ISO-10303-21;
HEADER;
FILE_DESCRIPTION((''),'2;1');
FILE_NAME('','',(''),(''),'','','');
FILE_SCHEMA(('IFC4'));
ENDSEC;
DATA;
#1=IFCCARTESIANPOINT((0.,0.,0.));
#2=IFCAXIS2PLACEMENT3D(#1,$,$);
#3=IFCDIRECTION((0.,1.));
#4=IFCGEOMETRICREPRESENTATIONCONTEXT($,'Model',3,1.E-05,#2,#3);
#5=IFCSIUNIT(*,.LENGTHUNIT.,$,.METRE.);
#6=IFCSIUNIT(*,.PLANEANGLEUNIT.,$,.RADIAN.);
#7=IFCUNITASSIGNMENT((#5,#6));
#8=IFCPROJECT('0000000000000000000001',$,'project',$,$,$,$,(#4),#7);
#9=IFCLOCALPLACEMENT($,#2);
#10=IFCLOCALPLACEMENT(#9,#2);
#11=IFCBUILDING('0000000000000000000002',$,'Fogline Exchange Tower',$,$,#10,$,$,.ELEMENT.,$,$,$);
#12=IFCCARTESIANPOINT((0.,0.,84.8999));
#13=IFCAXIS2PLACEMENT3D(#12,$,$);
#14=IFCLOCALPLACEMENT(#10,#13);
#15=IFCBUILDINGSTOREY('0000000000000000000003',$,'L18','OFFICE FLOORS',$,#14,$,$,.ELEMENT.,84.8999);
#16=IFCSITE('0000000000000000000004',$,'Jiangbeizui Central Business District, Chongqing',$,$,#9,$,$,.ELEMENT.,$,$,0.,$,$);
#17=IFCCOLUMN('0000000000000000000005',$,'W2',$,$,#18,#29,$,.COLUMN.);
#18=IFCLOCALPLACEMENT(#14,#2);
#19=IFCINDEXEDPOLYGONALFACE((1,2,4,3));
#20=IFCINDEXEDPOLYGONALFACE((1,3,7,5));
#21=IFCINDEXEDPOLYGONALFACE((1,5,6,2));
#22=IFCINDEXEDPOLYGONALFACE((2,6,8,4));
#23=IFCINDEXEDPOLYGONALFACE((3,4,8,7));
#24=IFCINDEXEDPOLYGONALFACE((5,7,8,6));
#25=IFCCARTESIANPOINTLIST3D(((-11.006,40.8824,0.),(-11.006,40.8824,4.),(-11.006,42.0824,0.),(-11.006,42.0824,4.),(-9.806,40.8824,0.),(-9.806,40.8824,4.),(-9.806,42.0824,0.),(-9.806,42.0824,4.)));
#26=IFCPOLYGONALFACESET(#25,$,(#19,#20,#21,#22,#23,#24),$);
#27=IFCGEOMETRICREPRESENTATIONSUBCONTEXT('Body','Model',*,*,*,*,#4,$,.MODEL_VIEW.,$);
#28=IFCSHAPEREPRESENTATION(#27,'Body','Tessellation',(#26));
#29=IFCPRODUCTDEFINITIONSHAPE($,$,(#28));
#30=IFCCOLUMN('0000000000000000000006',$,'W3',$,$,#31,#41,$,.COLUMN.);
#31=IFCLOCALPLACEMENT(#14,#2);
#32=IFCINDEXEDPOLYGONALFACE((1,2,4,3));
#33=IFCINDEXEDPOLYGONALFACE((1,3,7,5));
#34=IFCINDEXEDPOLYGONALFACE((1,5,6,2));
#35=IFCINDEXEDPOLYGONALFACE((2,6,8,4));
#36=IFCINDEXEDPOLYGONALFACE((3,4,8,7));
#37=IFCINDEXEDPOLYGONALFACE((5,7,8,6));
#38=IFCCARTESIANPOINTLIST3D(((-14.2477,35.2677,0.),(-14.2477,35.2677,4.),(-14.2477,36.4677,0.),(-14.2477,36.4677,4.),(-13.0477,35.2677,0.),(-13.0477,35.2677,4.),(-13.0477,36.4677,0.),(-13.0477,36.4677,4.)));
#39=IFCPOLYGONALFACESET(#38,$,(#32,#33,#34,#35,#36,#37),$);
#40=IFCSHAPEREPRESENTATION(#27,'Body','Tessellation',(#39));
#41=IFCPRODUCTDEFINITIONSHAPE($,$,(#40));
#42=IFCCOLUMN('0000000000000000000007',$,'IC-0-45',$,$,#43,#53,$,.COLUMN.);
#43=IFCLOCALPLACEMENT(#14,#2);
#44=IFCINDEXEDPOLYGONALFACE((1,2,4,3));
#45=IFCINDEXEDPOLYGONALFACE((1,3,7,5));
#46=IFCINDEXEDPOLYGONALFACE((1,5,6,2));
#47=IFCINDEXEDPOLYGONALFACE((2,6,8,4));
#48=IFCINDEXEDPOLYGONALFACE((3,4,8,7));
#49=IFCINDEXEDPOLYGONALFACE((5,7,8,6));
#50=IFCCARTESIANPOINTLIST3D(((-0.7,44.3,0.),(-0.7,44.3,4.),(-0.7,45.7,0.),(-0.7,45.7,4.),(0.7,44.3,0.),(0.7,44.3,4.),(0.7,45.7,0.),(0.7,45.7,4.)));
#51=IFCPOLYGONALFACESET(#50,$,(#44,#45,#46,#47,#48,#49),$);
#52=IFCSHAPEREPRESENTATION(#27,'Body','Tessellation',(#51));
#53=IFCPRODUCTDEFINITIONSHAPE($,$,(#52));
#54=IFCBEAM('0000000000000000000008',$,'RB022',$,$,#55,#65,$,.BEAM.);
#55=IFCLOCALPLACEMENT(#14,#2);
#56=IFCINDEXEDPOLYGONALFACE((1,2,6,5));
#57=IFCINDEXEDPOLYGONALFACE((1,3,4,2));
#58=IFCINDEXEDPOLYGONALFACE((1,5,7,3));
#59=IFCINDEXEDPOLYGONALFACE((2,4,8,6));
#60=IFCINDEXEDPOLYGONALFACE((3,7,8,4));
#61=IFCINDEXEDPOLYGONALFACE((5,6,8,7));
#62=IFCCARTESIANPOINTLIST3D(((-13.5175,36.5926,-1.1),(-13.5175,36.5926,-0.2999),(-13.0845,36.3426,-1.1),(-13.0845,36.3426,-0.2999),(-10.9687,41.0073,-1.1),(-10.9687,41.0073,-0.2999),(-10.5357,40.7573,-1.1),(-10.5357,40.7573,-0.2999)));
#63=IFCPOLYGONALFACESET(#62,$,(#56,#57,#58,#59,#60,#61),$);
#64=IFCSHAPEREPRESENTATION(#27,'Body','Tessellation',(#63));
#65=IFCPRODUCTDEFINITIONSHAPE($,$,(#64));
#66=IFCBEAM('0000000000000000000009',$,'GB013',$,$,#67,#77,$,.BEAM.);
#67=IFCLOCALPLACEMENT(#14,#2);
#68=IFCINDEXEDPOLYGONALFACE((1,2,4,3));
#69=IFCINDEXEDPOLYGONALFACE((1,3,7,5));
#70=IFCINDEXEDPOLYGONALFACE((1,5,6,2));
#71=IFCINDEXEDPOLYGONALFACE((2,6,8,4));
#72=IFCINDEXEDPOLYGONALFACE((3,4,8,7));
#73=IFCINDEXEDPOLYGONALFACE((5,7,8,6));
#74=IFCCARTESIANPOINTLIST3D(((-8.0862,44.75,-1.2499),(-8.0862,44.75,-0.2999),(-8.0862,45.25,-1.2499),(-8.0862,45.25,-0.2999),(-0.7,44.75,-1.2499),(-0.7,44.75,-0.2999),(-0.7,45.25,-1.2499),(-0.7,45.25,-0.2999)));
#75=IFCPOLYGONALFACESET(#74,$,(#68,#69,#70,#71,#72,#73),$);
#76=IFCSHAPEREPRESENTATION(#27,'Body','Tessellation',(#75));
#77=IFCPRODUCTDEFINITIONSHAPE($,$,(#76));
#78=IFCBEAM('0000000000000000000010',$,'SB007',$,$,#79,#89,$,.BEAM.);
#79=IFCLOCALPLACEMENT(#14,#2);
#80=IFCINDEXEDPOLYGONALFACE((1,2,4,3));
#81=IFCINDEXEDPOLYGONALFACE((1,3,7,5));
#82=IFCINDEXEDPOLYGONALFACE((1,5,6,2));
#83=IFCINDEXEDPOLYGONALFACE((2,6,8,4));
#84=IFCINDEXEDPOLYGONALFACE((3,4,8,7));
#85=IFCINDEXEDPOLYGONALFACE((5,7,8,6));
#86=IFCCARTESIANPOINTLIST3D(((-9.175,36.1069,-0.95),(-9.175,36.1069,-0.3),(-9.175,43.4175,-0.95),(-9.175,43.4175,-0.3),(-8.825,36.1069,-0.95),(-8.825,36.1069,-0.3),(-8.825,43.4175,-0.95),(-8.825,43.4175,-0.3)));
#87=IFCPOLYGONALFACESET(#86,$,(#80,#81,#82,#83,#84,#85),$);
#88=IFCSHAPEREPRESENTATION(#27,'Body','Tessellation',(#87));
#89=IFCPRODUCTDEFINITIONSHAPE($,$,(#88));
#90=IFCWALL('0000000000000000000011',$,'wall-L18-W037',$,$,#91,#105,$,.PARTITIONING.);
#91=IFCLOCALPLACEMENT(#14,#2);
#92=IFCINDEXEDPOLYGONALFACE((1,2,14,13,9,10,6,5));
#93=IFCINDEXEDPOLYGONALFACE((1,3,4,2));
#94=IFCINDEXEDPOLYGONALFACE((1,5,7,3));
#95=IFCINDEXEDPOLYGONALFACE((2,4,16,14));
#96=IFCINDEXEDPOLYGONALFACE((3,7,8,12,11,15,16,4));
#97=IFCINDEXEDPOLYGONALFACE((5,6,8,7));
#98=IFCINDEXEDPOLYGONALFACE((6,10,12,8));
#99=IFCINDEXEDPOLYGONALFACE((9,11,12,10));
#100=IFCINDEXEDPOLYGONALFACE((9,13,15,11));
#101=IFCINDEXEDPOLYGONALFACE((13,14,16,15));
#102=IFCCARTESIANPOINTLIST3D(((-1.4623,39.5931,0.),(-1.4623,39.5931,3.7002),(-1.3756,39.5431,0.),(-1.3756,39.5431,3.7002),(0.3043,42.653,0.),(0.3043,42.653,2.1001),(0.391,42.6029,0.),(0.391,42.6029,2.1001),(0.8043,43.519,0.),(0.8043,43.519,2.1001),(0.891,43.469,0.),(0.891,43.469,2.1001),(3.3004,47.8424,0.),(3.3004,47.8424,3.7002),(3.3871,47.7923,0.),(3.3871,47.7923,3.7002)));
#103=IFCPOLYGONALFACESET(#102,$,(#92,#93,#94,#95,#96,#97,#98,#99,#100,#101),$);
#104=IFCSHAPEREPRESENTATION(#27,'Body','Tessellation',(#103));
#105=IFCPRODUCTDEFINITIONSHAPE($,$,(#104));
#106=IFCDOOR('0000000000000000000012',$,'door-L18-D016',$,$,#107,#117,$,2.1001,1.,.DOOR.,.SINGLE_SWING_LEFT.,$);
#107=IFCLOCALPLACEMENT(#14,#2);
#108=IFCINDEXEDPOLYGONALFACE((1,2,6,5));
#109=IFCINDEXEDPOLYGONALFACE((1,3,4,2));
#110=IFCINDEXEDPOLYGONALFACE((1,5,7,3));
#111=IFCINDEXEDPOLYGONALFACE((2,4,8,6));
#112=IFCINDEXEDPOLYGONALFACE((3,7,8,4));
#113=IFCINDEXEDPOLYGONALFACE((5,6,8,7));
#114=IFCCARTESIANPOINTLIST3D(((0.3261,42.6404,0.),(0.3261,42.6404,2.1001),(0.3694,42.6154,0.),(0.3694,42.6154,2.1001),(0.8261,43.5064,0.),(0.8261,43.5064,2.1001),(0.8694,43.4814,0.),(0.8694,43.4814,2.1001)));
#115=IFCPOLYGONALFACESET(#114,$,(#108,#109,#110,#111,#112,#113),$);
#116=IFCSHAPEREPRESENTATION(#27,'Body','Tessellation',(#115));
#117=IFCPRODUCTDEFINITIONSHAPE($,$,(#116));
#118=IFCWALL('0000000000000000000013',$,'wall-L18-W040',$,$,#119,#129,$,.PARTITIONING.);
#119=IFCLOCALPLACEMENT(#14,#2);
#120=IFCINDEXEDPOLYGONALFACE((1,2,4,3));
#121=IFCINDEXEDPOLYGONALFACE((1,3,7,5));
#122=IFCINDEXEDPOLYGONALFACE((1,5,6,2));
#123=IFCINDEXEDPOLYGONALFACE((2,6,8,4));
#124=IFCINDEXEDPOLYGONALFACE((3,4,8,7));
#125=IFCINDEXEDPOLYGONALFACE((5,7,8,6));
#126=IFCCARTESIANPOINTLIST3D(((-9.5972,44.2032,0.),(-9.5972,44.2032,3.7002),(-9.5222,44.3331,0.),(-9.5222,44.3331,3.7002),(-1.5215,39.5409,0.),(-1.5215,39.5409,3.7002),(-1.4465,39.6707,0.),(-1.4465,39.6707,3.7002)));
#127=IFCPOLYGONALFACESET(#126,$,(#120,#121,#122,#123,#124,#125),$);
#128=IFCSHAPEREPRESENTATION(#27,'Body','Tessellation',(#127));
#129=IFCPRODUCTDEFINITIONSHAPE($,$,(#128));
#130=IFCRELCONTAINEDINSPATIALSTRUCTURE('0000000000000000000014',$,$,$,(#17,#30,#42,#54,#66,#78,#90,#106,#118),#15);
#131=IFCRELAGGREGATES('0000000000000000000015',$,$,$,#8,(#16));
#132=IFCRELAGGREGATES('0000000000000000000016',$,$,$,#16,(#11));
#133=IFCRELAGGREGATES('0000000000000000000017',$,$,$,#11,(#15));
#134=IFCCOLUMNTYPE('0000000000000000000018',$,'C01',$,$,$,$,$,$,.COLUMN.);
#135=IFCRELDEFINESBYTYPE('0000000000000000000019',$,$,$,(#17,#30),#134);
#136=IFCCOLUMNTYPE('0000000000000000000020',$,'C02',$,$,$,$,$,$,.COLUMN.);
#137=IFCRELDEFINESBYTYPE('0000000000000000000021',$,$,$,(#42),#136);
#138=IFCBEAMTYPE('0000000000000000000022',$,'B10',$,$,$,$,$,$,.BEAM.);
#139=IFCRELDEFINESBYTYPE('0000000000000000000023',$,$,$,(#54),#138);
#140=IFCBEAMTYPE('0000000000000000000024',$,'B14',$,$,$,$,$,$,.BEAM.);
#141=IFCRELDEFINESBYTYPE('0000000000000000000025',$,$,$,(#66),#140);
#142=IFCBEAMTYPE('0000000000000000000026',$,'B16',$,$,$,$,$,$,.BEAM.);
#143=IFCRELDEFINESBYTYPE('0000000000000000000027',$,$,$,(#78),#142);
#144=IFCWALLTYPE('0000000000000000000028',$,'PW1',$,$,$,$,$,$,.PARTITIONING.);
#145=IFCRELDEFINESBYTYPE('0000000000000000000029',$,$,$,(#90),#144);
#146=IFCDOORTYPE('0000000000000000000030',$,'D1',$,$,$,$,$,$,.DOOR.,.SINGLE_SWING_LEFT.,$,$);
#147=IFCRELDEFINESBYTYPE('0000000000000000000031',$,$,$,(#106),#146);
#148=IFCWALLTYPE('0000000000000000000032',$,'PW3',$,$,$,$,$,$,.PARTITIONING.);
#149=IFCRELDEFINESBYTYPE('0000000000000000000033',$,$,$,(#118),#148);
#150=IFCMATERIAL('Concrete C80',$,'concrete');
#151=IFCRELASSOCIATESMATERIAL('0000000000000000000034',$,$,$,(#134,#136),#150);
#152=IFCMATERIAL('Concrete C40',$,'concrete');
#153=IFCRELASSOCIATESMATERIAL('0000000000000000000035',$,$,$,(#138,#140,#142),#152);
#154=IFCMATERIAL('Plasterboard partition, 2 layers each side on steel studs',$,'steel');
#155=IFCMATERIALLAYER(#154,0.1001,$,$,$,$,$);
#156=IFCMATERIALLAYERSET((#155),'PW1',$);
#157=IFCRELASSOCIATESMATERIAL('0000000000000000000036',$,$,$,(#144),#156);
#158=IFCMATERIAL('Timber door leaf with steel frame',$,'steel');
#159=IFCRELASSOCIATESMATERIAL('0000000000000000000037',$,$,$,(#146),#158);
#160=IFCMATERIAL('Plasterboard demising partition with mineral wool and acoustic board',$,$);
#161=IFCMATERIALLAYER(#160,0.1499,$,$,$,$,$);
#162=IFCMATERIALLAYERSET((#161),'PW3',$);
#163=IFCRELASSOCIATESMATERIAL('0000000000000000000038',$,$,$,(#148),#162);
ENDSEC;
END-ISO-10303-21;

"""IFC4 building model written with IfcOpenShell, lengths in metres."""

from ifc_helpers import new_model, si_unit, direction, frame, frame_2d, origin, origin_2d, place, context, subcontext, project, spatial, rectangle, extrude, material, layer, layer_set, material_profile, profile_set, type_object, element, fill, save


model = new_model("IFC4")

# Units and contexts
model_context = context("Model", 3, precision=1e-05, world=origin(), true_north=direction((0.0, 1.0)))
body_context = subcontext(model_context, "Body", "Model", "MODEL_VIEW")
ifc_project = project(units=[si_unit("LENGTHUNIT", "METRE"), si_unit("PLANEANGLEUNIT", "RADIAN")], contexts=[model_context])

# Site, building, storey
site_placement = place(None, origin())
site = spatial("IfcSite", under=ifc_project, at=site_placement, Name="Jiangbeizui Central Business District, Chongqing", CompositionType="ELEMENT", RefElevation=0.0)
building_placement = place(site_placement, origin())
building = spatial("IfcBuilding", under=site, at=building_placement, Name="Fogline Exchange Tower", CompositionType="ELEMENT")
storey_placement = place(building_placement, frame((0.0, 0.0, 84.8999)))
storey = spatial("IfcBuildingStorey", under=building, at=storey_placement, Name="L18", Description="OFFICE FLOORS", CompositionType="ELEMENT", Elevation=84.8999)

# Columns
ifc_material_1 = material(Name="Concrete C80", Category="concrete")
ifc_material_profile_1 = material_profile(ifc_material_1, rectangle(XDim=1.2, YDim=1.2, at=origin_2d()), Name="RC 1200x1200")
ifc_profile_set_1 = profile_set([ifc_material_profile_1], Name="Concrete C80")
column_type_1 = type_object("IfcColumnType", Name="C01", PredefinedType="COLUMN", material=ifc_profile_set_1)
for number, where, z_axis, x_axis, name in (
    (1, (-10.406, 41.4824, 0.0), (0.0, 0.0, 1.0), (1.0, 0.0, 0.0), "W2"),
    (2, (-13.6477, 35.8677, 0.0), (0.0, 0.0, 1.0), (1.0, 0.0, 0.0), "W3"),
):
    element("IfcColumn", number, at=place(storey_placement, frame(where, z_axis=z_axis, x_axis=x_axis)), inside=storey, type_object=column_type_1, Name=name, PredefinedType="COLUMN", context=body_context, shape_type="SweptSolid", body=[
        extrude(rectangle(XDim=1.2, YDim=1.2, at=origin_2d()), origin(), (0.0, 0.0, 1.0), 4.0),
    ])
ifc_material_profile_2 = material_profile(ifc_material_1, rectangle(XDim=1.3999, YDim=1.3999, at=origin_2d()), Name="RC 1400x1400")
ifc_profile_set_2 = profile_set([ifc_material_profile_2], Name="Concrete C80")
column_type_2 = type_object("IfcColumnType", Name="C02", PredefinedType="COLUMN", material=ifc_profile_set_2)
column_placement = place(storey_placement, frame((0.0, 45.0, 0.0), z_axis=(0.0, 0.0, 1.0), x_axis=(1.0, 0.0, 0.0)))
element("IfcColumn", 3, at=column_placement, inside=storey, type_object=column_type_2, Name="IC-0-45", PredefinedType="COLUMN", context=body_context, shape_type="SweptSolid", body=[
    extrude(rectangle(XDim=1.3999, YDim=1.3999, at=origin_2d()), origin(), (0.0, 0.0, 1.0), 4.0),
])

# Beams
ifc_material_2 = material(Name="Concrete C40", Category="concrete")
ifc_material_profile_3 = material_profile(ifc_material_2, rectangle(XDim=0.5, YDim=0.8, at=origin_2d()), Name="RC 500x800")
ifc_profile_set_3 = profile_set([ifc_material_profile_3], Name="Concrete C40")
beam_type_1 = type_object("IfcBeamType", Name="B10", PredefinedType="BEAM", material=ifc_profile_set_3)
beam_1_placement = place(storey_placement, frame((-10.7522, 40.8823, -0.7), z_axis=(-0.499992, -0.86603, 0.0), x_axis=(0.86603, -0.499992, 0.0)))
element("IfcBeam", 4, at=beam_1_placement, inside=storey, type_object=beam_type_1, Name="RB022", PredefinedType="BEAM", context=body_context, shape_type="SweptSolid", body=[
    extrude(rectangle(XDim=0.5, YDim=0.8, at=origin_2d()), origin(), (0.0, 0.0, 1.0), 5.0977),
])
ifc_material_profile_4 = material_profile(ifc_material_2, rectangle(XDim=0.5, YDim=0.95, at=origin_2d()), Name="RC 500x950")
ifc_profile_set_4 = profile_set([ifc_material_profile_4], Name="Concrete C40")
beam_type_2 = type_object("IfcBeamType", Name="B14", PredefinedType="BEAM", material=ifc_profile_set_4)
beam_2_placement = place(storey_placement, frame((-8.0862, 45.0, -0.7749), z_axis=(1.0, 0.0, 0.0), x_axis=(0.0, 1.0, 0.0)))
element("IfcBeam", 5, at=beam_2_placement, inside=storey, type_object=beam_type_2, Name="GB013", PredefinedType="BEAM", context=body_context, shape_type="SweptSolid", body=[
    extrude(rectangle(XDim=0.5, YDim=0.95, at=origin_2d()), origin(), (0.0, 0.0, 1.0), 7.3862),
])
ifc_material_profile_5 = material_profile(ifc_material_2, rectangle(XDim=0.3501, YDim=0.6499, at=origin_2d()), Name="RC 350x650")
ifc_profile_set_5 = profile_set([ifc_material_profile_5], Name="Concrete C40")
beam_type_3 = type_object("IfcBeamType", Name="B16", PredefinedType="BEAM", material=ifc_profile_set_5)
beam_3_placement = place(storey_placement, frame((-9.0, 36.1069, -0.625), z_axis=(0.0, 1.0, 0.0), x_axis=(-1.0, 0.0, 0.0)))
element("IfcBeam", 6, at=beam_3_placement, inside=storey, type_object=beam_type_3, Name="SB007", PredefinedType="BEAM", context=body_context, shape_type="SweptSolid", body=[
    extrude(rectangle(XDim=0.3501, YDim=0.6499, at=origin_2d()), origin(), (0.0, 0.0, 1.0), 7.3105),
])

# Wall, opening, door
ifc_material_3 = material(Name="Plasterboard partition, 2 layers each side on steel studs", Category="steel")
ifc_layer_1 = layer(ifc_material_3, 0.1001)
ifc_layer_set_1 = layer_set([ifc_layer_1], Name="PW1")
wall_type_1 = type_object("IfcWallType", Name="PW1", PredefinedType="PARTITIONING", material=ifc_layer_set_1)
wall_1_placement = place(storey_placement, frame((-1.4189, 39.5681, 0.0), z_axis=(0.0, 0.0, 1.0), x_axis=(0.499998, 0.866026, 0.0)))
wall_1 = element("IfcWall", 7, at=wall_1_placement, inside=storey, type_object=wall_type_1, Name="wall-L18-W037", PredefinedType="PARTITIONING", context=body_context, shape_type="SweptSolid", body=[
    extrude(rectangle(XDim=9.5254, YDim=0.1001, at=frame_2d((4.7627, 0.0))), origin(), (0.0, 0.0, 1.0), 3.7002),
])
opening_placement = place(wall_1_placement, frame((3.5332, 0.0, 0.0)))
opening = element("IfcOpeningElement", 8, at=opening_placement, cuts=wall_1, PredefinedType="OPENING", context=body_context, shape_type="SweptSolid", body=[
    extrude(rectangle(XDim=1.0, YDim=2.1001, at=frame_2d((0.5, 1.05))), frame((0.0, 0.0601, 0.0), z_axis=(0.0, -1.0, 0.0), x_axis=(1.0, 0.0, 0.0)), (0.0, 0.0, 1.0), 0.1201),
])
ifc_material_4 = material(Name="Timber door leaf with steel frame", Category="steel")
door_type = type_object("IfcDoorType", Name="D1", OperationType="SINGLE_SWING_LEFT", PredefinedType="DOOR", material=ifc_material_4)
door_placement = place(opening_placement, origin())
door = element("IfcDoor", 9, at=door_placement, inside=storey, type_object=door_type, Name="door-L18-D016", OperationType="SINGLE_SWING_LEFT", OverallHeight=2.1001, OverallWidth=1.0, PredefinedType="DOOR", context=body_context, shape_type="SweptSolid", body=[
    extrude(rectangle(XDim=1.0, YDim=2.1001, at=frame_2d((0.5, 1.05))), frame((0.0, 0.0249, 0.0), z_axis=(0.0, -1.0, 0.0), x_axis=(1.0, 0.0, 0.0)), (0.0, 0.0, 1.0), 0.05),
])
fill(opening, door)

# Wall
ifc_material_5 = material(Name="Plasterboard demising partition with mineral wool and acoustic board")
ifc_layer_2 = layer(ifc_material_5, 0.1499)
ifc_layer_set_2 = layer_set([ifc_layer_2], Name="PW3")
wall_type_2 = type_object("IfcWallType", Name="PW3", PredefinedType="PARTITIONING", material=ifc_layer_set_2)
wall_2_placement = place(storey_placement, frame((-1.4839, 39.6057, 0.0), z_axis=(0.0, 0.0, 1.0), x_axis=(-0.866032, 0.499988, 0.0)))
element("IfcWall", 10, at=wall_2_placement, inside=storey, type_object=wall_type_2, Name="wall-L18-W040", PredefinedType="PARTITIONING", context=body_context, shape_type="SweptSolid", body=[
    extrude(rectangle(XDim=9.325, YDim=0.1499, at=frame_2d((4.6626, 0.0))), origin(), (0.0, 0.0, 1.0), 3.7002),
])

save(model, "model.ifc")
